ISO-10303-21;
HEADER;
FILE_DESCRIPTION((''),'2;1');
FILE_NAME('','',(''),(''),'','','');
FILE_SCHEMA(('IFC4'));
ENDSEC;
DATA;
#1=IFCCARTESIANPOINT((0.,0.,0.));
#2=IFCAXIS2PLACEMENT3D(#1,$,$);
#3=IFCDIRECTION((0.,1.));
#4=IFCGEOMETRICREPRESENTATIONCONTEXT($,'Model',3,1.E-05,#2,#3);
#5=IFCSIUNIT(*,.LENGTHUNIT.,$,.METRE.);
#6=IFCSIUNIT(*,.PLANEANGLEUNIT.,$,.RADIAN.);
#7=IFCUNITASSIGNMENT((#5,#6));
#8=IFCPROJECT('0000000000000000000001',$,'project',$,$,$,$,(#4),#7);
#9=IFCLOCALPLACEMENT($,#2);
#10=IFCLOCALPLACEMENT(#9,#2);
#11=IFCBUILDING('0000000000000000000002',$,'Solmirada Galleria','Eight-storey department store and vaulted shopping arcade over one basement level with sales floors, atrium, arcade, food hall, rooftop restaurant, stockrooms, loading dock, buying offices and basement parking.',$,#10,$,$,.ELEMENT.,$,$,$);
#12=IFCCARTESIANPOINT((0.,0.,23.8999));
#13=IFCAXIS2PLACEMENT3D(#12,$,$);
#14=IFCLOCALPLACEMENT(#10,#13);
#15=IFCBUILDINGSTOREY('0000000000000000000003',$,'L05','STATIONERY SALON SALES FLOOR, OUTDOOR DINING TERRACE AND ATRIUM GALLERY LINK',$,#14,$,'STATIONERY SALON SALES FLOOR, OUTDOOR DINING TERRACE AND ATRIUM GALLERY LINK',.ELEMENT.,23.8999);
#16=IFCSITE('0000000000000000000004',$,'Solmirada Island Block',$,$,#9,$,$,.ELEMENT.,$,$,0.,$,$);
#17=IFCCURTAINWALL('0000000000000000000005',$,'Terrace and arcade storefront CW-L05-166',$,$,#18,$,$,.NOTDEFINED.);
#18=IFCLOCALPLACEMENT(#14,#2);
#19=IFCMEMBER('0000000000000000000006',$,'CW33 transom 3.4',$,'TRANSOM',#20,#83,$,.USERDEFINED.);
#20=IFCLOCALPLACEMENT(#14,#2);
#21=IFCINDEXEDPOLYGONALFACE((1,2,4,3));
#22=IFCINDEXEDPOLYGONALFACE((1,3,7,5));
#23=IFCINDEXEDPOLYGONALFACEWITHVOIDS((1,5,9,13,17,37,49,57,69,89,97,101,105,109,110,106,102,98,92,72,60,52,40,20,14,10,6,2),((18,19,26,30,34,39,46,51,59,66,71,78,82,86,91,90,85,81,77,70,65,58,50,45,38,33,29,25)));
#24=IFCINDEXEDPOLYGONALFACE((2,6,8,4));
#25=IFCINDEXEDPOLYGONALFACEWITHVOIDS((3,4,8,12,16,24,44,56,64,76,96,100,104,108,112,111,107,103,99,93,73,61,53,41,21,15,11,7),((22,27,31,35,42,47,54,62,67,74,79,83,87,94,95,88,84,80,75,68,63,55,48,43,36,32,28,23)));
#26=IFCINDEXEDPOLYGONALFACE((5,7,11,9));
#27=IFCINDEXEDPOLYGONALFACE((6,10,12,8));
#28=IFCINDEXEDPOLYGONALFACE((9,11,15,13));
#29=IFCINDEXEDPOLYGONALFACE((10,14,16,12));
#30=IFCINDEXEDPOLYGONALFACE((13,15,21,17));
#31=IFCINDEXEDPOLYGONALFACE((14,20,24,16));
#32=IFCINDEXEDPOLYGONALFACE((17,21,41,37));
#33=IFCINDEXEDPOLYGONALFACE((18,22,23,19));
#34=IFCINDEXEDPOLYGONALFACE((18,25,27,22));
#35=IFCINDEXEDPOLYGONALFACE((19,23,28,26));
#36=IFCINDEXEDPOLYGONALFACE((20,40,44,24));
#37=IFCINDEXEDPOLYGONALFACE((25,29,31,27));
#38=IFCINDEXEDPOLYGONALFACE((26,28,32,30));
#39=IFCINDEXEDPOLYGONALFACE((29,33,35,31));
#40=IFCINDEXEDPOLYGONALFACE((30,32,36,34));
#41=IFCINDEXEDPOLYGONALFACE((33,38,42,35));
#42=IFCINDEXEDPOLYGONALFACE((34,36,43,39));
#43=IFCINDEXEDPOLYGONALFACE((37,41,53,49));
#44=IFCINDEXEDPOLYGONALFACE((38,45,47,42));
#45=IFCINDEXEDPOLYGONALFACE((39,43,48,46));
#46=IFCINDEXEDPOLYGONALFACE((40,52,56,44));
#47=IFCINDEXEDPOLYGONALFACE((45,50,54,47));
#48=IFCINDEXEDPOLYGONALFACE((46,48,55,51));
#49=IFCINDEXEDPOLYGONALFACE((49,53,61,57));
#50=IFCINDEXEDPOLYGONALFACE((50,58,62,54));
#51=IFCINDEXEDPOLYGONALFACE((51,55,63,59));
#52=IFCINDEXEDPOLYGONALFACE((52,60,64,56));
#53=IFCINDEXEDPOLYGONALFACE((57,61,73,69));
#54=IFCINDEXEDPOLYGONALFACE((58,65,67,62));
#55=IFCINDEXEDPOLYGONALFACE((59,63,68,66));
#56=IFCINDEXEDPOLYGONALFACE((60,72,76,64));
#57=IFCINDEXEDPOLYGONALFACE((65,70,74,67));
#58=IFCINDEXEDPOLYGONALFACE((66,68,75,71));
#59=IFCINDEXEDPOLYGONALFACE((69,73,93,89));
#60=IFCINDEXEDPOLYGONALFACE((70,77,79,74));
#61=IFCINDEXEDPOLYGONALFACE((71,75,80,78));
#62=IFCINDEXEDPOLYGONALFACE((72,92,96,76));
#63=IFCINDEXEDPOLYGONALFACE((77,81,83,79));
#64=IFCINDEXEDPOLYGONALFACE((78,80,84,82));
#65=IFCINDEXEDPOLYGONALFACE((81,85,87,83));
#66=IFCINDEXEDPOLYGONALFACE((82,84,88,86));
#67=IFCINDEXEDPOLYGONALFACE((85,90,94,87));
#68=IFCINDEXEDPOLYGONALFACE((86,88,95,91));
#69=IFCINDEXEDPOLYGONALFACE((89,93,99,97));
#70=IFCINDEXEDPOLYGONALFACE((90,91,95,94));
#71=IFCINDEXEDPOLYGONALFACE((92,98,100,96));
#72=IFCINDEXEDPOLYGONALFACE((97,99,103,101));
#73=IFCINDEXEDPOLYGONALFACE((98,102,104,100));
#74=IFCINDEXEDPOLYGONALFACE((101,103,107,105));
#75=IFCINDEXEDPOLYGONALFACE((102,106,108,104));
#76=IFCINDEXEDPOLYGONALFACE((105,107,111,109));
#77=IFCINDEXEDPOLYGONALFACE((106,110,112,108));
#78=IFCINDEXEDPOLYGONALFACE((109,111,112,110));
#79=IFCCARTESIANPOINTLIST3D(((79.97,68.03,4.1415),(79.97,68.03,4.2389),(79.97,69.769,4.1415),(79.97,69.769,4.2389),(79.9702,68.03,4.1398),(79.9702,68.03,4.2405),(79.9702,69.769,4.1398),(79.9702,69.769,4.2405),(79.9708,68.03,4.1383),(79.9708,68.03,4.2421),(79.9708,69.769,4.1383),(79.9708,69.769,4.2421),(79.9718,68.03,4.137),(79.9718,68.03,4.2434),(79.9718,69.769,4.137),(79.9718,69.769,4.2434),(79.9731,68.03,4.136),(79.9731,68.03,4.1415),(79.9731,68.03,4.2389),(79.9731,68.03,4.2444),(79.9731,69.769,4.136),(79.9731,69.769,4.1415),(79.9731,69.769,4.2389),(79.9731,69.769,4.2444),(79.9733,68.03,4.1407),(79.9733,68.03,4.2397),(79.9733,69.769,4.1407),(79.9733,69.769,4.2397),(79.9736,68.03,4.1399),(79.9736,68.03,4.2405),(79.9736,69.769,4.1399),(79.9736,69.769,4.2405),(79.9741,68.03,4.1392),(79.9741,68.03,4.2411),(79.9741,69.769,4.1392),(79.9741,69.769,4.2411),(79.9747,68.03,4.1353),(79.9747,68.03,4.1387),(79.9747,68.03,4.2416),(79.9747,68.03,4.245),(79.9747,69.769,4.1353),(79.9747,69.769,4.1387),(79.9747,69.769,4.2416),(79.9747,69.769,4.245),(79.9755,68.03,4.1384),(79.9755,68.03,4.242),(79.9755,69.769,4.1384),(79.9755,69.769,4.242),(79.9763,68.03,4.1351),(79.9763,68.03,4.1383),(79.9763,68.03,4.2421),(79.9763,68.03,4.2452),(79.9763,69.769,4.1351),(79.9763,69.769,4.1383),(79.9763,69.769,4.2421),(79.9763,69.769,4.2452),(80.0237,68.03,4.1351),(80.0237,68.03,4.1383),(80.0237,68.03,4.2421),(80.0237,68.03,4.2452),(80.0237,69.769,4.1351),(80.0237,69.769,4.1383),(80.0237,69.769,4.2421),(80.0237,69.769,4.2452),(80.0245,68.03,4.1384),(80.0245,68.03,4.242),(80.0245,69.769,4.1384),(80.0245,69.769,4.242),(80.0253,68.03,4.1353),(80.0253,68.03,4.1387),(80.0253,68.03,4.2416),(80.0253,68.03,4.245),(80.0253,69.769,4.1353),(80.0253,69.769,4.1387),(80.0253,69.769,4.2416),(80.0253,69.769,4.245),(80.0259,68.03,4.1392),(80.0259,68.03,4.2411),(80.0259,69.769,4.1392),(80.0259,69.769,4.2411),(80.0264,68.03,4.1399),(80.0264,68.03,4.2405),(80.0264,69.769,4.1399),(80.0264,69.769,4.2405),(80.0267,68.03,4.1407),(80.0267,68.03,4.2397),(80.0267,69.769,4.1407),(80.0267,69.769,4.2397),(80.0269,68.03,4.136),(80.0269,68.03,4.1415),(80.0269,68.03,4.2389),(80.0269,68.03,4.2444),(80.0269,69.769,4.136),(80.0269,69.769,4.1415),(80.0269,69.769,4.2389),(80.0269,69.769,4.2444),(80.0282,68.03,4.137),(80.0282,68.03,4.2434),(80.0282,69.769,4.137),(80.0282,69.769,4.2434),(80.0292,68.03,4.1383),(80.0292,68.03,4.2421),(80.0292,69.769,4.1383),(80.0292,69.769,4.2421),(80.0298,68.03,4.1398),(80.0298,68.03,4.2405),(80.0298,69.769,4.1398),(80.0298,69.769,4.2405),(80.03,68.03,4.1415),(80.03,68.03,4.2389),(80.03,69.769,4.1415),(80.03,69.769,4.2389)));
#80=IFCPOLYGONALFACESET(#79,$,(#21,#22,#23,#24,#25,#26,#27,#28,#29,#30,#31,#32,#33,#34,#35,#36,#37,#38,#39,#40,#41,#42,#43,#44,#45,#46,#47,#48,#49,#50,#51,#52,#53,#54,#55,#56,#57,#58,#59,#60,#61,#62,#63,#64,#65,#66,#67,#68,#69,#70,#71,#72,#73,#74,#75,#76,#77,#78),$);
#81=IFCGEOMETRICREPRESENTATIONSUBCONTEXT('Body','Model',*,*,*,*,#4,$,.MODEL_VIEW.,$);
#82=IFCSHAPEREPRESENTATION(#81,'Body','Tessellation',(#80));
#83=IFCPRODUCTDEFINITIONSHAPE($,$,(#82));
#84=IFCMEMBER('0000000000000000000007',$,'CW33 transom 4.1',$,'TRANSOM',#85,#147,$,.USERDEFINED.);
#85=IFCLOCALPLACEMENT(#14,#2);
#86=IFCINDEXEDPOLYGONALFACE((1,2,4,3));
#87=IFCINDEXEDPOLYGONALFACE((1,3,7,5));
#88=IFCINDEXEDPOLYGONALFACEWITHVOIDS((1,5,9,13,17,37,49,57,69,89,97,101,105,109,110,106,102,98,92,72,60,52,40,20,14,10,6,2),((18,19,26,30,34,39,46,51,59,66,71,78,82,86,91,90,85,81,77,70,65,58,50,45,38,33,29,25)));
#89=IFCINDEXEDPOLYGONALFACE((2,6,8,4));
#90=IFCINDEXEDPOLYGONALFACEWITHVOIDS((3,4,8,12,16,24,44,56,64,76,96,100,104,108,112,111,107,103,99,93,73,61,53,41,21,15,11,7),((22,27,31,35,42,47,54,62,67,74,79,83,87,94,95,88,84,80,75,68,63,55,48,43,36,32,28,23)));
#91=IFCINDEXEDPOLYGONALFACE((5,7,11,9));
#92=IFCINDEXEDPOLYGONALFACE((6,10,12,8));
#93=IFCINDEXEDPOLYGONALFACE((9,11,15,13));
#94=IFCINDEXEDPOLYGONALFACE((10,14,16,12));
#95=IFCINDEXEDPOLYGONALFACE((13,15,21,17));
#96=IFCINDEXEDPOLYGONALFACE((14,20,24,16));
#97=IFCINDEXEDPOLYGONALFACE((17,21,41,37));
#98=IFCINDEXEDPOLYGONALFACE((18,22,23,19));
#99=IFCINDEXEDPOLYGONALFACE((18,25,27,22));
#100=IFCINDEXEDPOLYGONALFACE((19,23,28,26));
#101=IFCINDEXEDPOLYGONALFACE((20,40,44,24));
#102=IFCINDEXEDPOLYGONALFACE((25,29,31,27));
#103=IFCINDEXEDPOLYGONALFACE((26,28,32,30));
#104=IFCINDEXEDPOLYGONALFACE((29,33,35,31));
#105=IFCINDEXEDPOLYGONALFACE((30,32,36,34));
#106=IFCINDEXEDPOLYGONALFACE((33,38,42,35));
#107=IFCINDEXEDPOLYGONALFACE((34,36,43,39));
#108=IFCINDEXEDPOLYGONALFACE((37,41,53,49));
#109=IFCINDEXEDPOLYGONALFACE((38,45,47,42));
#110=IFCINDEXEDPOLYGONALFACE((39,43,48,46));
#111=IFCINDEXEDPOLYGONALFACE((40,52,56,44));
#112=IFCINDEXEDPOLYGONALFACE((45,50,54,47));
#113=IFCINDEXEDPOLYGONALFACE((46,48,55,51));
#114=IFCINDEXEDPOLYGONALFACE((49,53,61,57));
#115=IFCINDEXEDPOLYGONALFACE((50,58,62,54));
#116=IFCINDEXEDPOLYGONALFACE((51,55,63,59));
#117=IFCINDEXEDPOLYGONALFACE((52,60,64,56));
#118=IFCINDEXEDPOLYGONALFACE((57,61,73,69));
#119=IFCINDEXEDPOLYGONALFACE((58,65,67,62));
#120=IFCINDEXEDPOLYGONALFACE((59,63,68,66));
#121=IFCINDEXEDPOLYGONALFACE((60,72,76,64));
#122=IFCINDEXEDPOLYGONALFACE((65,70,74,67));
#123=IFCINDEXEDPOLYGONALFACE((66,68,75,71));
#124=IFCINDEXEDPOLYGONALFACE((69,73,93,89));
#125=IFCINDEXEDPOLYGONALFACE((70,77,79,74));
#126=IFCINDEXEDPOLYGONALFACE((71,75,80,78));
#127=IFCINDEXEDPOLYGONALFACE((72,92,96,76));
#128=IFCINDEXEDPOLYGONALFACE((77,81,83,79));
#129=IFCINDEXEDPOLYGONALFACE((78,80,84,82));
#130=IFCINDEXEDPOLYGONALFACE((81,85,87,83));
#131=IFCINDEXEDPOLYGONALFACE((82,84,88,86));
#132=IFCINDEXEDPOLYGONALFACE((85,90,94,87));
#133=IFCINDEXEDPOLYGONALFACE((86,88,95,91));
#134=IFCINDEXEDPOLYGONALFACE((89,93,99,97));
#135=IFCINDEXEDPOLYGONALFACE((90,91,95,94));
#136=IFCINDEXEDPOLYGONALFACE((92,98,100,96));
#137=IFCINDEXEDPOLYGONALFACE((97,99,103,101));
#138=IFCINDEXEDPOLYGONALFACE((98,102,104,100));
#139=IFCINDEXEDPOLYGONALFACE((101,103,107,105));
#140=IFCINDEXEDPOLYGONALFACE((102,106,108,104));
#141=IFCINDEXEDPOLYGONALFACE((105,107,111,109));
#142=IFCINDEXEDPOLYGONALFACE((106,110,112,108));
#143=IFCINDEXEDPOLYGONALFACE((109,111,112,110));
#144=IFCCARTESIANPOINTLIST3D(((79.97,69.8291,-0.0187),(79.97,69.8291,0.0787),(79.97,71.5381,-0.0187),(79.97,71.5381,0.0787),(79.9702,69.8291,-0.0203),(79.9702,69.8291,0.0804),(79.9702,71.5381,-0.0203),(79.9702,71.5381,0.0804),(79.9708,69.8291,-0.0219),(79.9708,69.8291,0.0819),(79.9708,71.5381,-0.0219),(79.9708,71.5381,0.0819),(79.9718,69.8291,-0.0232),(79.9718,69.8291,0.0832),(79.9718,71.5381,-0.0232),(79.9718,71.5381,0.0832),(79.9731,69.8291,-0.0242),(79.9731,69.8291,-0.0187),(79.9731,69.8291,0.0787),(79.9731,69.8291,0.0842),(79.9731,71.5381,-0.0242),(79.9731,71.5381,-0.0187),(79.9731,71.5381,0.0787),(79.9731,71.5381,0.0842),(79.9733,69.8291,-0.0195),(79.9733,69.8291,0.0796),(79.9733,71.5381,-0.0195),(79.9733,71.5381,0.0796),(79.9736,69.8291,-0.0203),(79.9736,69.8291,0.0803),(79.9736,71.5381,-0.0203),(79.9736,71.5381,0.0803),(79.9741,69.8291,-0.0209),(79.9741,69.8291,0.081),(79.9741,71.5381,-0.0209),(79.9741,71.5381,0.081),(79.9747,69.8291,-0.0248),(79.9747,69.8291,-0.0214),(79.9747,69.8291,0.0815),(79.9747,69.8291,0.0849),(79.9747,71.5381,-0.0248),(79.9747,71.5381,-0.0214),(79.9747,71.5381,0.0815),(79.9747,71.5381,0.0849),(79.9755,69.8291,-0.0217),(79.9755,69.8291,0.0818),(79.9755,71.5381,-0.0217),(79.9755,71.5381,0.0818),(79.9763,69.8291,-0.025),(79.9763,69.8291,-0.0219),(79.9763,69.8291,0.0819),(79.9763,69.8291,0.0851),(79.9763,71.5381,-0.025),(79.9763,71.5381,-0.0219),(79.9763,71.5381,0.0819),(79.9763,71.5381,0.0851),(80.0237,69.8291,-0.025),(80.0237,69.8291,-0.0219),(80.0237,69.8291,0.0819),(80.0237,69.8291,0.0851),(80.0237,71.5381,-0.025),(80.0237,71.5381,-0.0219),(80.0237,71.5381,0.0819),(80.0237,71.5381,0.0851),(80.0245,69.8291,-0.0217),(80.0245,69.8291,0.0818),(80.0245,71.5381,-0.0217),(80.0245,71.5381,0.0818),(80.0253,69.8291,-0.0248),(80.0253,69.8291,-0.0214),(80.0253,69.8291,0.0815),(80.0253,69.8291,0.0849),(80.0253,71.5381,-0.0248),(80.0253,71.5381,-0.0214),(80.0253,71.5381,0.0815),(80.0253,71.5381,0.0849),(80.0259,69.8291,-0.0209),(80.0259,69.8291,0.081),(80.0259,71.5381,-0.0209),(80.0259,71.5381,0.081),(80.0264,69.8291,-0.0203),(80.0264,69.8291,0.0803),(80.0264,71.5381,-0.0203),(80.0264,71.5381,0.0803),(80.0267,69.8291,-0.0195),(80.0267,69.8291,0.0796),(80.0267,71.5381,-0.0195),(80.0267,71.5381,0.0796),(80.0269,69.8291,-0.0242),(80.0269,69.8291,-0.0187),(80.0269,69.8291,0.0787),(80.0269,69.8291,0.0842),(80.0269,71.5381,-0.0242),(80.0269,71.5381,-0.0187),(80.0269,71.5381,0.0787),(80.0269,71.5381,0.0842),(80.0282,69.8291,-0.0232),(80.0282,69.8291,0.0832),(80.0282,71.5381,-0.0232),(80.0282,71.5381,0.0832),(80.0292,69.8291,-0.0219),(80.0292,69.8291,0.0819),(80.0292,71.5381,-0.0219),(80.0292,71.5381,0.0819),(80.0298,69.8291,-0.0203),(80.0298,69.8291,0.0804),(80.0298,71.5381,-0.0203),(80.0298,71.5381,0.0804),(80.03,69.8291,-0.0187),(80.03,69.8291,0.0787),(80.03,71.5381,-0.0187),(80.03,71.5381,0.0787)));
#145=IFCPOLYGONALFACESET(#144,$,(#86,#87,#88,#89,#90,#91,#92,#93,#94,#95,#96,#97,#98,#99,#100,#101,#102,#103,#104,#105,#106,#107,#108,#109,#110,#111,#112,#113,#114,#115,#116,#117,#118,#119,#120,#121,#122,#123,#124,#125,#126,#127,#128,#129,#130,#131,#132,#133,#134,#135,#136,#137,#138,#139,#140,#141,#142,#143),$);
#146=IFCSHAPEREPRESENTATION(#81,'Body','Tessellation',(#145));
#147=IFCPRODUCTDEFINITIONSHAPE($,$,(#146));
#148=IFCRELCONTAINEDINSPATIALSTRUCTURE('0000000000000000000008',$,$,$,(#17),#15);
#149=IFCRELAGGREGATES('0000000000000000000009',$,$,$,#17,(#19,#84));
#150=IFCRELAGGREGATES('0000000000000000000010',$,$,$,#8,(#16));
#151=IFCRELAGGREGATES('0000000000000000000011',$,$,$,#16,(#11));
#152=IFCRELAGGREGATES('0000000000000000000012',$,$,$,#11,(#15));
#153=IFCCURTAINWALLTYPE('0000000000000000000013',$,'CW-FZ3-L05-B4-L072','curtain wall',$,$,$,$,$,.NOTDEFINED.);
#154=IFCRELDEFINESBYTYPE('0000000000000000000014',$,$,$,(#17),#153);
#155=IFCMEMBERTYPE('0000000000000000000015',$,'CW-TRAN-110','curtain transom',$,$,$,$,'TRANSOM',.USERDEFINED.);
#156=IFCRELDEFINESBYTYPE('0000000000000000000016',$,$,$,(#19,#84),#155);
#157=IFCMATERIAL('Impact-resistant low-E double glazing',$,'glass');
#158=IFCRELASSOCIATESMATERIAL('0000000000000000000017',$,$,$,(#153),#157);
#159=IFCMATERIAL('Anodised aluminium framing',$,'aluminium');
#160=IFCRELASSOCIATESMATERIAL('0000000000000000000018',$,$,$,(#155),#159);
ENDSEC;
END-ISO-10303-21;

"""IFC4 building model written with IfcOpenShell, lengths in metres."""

from ifc_helpers import new_model, si_unit, direction, frame, origin, origin_2d, place, context, subcontext, project, spatial, hollow_rectangle, extrude, material, material_profile, profile_set, type_object, element, aggregate, save


model = new_model("IFC4")

# Units and contexts
model_context = context("Model", 3, precision=1e-05, world=origin(), true_north=direction((0.0, 1.0)))
body_context = subcontext(model_context, "Body", "Model", "MODEL_VIEW")
ifc_project = project(units=[si_unit("LENGTHUNIT", "METRE"), si_unit("PLANEANGLEUNIT", "RADIAN")], contexts=[model_context])

# Site, building, storey
site_placement = place(None, origin())
site = spatial("IfcSite", under=ifc_project, at=site_placement, Name="Solmirada Island Block", CompositionType="ELEMENT", RefElevation=0.0)
building_placement = place(site_placement, origin())
building = spatial("IfcBuilding", under=site, at=building_placement, Name="Solmirada Galleria", Description="Eight-storey department store and vaulted shopping arcade over one basement level with sales floors, atrium, arcade, food hall, rooftop restaurant, stockrooms, loading dock, buying offices and basement parking.", CompositionType="ELEMENT")
storey_placement = place(building_placement, frame((0.0, 0.0, 23.8999)))
storey = spatial("IfcBuildingStorey", under=building, at=storey_placement, Name="L05", Description="STATIONERY SALON SALES FLOOR, OUTDOOR DINING TERRACE AND ATRIUM GALLERY LINK", LongName="STATIONERY SALON SALES FLOOR, OUTDOOR DINING TERRACE AND ATRIUM GALLERY LINK", CompositionType="ELEMENT", Elevation=23.8999)

# Curtain wall
ifc_material_1 = material(Name="Impact-resistant low-E double glazing", Category="glass")
curtain_wall_type = type_object("IfcCurtainWallType", Name="CW-FZ3-L05-B4-L072", Description="curtain wall", PredefinedType="NOTDEFINED", material=ifc_material_1)
curtain_wall_1_placement = place(storey_placement, origin())
curtain_wall_1 = element("IfcCurtainWall", 1, at=curtain_wall_1_placement, inside=storey, type_object=curtain_wall_type, Name="Terrace and arcade storefront CW-L05-166", PredefinedType="NOTDEFINED")
ifc_material_2 = material(Name="Anodised aluminium framing", Category="aluminium")

# Members
ifc_material_profile_1 = material_profile(ifc_material_2, hollow_rectangle(XDim=0.0601, YDim=0.1101, WallThickness=0.0032, InnerFilletRadius=0.0032, OuterFilletRadius=0.0063, at=origin_2d()), Name="ALU-TRAN-110X60")
ifc_profile_set_1 = profile_set([ifc_material_profile_1], Name="Anodised aluminium framing")
member_type_1 = type_object("IfcMemberType", Name="CW-TRAN-110", Description="curtain transom", ElementType="TRANSOM", PredefinedType="USERDEFINED", material=ifc_profile_set_1)
member_1_placement = place(storey_placement, frame((80.0, 68.03, 4.1902), z_axis=(0.0, 1.0, 0.0), x_axis=(-1.0, 0.0, 0.0)))
member_1 = element("IfcMember", 2, at=member_1_placement, type_object=member_type_1, Name="CW33 transom 3.4", ObjectType="TRANSOM", PredefinedType="USERDEFINED", context=body_context, shape_type="SweptSolid", body=[
    extrude(hollow_rectangle(XDim=0.0601, YDim=0.1101, WallThickness=0.0032, InnerFilletRadius=0.0032, OuterFilletRadius=0.0063, at=origin_2d()), origin(), (0.0, 0.0, 1.0), 1.739),
])
member_2_placement = place(storey_placement, frame((80.0, 69.8291, 0.03), z_axis=(0.0, 1.0, 0.0), x_axis=(-1.0, 0.0, 0.0)))
member_2 = element("IfcMember", 3, at=member_2_placement, type_object=member_type_1, Name="CW33 transom 4.1", ObjectType="TRANSOM", PredefinedType="USERDEFINED", context=body_context, shape_type="SweptSolid", body=[
    extrude(hollow_rectangle(XDim=0.0601, YDim=0.1101, WallThickness=0.0032, InnerFilletRadius=0.0032, OuterFilletRadius=0.0063, at=origin_2d()), origin(), (0.0, 0.0, 1.0), 1.709),
])

aggregate(curtain_wall_1, [member_1, member_2])

save(model, "model.ifc")
